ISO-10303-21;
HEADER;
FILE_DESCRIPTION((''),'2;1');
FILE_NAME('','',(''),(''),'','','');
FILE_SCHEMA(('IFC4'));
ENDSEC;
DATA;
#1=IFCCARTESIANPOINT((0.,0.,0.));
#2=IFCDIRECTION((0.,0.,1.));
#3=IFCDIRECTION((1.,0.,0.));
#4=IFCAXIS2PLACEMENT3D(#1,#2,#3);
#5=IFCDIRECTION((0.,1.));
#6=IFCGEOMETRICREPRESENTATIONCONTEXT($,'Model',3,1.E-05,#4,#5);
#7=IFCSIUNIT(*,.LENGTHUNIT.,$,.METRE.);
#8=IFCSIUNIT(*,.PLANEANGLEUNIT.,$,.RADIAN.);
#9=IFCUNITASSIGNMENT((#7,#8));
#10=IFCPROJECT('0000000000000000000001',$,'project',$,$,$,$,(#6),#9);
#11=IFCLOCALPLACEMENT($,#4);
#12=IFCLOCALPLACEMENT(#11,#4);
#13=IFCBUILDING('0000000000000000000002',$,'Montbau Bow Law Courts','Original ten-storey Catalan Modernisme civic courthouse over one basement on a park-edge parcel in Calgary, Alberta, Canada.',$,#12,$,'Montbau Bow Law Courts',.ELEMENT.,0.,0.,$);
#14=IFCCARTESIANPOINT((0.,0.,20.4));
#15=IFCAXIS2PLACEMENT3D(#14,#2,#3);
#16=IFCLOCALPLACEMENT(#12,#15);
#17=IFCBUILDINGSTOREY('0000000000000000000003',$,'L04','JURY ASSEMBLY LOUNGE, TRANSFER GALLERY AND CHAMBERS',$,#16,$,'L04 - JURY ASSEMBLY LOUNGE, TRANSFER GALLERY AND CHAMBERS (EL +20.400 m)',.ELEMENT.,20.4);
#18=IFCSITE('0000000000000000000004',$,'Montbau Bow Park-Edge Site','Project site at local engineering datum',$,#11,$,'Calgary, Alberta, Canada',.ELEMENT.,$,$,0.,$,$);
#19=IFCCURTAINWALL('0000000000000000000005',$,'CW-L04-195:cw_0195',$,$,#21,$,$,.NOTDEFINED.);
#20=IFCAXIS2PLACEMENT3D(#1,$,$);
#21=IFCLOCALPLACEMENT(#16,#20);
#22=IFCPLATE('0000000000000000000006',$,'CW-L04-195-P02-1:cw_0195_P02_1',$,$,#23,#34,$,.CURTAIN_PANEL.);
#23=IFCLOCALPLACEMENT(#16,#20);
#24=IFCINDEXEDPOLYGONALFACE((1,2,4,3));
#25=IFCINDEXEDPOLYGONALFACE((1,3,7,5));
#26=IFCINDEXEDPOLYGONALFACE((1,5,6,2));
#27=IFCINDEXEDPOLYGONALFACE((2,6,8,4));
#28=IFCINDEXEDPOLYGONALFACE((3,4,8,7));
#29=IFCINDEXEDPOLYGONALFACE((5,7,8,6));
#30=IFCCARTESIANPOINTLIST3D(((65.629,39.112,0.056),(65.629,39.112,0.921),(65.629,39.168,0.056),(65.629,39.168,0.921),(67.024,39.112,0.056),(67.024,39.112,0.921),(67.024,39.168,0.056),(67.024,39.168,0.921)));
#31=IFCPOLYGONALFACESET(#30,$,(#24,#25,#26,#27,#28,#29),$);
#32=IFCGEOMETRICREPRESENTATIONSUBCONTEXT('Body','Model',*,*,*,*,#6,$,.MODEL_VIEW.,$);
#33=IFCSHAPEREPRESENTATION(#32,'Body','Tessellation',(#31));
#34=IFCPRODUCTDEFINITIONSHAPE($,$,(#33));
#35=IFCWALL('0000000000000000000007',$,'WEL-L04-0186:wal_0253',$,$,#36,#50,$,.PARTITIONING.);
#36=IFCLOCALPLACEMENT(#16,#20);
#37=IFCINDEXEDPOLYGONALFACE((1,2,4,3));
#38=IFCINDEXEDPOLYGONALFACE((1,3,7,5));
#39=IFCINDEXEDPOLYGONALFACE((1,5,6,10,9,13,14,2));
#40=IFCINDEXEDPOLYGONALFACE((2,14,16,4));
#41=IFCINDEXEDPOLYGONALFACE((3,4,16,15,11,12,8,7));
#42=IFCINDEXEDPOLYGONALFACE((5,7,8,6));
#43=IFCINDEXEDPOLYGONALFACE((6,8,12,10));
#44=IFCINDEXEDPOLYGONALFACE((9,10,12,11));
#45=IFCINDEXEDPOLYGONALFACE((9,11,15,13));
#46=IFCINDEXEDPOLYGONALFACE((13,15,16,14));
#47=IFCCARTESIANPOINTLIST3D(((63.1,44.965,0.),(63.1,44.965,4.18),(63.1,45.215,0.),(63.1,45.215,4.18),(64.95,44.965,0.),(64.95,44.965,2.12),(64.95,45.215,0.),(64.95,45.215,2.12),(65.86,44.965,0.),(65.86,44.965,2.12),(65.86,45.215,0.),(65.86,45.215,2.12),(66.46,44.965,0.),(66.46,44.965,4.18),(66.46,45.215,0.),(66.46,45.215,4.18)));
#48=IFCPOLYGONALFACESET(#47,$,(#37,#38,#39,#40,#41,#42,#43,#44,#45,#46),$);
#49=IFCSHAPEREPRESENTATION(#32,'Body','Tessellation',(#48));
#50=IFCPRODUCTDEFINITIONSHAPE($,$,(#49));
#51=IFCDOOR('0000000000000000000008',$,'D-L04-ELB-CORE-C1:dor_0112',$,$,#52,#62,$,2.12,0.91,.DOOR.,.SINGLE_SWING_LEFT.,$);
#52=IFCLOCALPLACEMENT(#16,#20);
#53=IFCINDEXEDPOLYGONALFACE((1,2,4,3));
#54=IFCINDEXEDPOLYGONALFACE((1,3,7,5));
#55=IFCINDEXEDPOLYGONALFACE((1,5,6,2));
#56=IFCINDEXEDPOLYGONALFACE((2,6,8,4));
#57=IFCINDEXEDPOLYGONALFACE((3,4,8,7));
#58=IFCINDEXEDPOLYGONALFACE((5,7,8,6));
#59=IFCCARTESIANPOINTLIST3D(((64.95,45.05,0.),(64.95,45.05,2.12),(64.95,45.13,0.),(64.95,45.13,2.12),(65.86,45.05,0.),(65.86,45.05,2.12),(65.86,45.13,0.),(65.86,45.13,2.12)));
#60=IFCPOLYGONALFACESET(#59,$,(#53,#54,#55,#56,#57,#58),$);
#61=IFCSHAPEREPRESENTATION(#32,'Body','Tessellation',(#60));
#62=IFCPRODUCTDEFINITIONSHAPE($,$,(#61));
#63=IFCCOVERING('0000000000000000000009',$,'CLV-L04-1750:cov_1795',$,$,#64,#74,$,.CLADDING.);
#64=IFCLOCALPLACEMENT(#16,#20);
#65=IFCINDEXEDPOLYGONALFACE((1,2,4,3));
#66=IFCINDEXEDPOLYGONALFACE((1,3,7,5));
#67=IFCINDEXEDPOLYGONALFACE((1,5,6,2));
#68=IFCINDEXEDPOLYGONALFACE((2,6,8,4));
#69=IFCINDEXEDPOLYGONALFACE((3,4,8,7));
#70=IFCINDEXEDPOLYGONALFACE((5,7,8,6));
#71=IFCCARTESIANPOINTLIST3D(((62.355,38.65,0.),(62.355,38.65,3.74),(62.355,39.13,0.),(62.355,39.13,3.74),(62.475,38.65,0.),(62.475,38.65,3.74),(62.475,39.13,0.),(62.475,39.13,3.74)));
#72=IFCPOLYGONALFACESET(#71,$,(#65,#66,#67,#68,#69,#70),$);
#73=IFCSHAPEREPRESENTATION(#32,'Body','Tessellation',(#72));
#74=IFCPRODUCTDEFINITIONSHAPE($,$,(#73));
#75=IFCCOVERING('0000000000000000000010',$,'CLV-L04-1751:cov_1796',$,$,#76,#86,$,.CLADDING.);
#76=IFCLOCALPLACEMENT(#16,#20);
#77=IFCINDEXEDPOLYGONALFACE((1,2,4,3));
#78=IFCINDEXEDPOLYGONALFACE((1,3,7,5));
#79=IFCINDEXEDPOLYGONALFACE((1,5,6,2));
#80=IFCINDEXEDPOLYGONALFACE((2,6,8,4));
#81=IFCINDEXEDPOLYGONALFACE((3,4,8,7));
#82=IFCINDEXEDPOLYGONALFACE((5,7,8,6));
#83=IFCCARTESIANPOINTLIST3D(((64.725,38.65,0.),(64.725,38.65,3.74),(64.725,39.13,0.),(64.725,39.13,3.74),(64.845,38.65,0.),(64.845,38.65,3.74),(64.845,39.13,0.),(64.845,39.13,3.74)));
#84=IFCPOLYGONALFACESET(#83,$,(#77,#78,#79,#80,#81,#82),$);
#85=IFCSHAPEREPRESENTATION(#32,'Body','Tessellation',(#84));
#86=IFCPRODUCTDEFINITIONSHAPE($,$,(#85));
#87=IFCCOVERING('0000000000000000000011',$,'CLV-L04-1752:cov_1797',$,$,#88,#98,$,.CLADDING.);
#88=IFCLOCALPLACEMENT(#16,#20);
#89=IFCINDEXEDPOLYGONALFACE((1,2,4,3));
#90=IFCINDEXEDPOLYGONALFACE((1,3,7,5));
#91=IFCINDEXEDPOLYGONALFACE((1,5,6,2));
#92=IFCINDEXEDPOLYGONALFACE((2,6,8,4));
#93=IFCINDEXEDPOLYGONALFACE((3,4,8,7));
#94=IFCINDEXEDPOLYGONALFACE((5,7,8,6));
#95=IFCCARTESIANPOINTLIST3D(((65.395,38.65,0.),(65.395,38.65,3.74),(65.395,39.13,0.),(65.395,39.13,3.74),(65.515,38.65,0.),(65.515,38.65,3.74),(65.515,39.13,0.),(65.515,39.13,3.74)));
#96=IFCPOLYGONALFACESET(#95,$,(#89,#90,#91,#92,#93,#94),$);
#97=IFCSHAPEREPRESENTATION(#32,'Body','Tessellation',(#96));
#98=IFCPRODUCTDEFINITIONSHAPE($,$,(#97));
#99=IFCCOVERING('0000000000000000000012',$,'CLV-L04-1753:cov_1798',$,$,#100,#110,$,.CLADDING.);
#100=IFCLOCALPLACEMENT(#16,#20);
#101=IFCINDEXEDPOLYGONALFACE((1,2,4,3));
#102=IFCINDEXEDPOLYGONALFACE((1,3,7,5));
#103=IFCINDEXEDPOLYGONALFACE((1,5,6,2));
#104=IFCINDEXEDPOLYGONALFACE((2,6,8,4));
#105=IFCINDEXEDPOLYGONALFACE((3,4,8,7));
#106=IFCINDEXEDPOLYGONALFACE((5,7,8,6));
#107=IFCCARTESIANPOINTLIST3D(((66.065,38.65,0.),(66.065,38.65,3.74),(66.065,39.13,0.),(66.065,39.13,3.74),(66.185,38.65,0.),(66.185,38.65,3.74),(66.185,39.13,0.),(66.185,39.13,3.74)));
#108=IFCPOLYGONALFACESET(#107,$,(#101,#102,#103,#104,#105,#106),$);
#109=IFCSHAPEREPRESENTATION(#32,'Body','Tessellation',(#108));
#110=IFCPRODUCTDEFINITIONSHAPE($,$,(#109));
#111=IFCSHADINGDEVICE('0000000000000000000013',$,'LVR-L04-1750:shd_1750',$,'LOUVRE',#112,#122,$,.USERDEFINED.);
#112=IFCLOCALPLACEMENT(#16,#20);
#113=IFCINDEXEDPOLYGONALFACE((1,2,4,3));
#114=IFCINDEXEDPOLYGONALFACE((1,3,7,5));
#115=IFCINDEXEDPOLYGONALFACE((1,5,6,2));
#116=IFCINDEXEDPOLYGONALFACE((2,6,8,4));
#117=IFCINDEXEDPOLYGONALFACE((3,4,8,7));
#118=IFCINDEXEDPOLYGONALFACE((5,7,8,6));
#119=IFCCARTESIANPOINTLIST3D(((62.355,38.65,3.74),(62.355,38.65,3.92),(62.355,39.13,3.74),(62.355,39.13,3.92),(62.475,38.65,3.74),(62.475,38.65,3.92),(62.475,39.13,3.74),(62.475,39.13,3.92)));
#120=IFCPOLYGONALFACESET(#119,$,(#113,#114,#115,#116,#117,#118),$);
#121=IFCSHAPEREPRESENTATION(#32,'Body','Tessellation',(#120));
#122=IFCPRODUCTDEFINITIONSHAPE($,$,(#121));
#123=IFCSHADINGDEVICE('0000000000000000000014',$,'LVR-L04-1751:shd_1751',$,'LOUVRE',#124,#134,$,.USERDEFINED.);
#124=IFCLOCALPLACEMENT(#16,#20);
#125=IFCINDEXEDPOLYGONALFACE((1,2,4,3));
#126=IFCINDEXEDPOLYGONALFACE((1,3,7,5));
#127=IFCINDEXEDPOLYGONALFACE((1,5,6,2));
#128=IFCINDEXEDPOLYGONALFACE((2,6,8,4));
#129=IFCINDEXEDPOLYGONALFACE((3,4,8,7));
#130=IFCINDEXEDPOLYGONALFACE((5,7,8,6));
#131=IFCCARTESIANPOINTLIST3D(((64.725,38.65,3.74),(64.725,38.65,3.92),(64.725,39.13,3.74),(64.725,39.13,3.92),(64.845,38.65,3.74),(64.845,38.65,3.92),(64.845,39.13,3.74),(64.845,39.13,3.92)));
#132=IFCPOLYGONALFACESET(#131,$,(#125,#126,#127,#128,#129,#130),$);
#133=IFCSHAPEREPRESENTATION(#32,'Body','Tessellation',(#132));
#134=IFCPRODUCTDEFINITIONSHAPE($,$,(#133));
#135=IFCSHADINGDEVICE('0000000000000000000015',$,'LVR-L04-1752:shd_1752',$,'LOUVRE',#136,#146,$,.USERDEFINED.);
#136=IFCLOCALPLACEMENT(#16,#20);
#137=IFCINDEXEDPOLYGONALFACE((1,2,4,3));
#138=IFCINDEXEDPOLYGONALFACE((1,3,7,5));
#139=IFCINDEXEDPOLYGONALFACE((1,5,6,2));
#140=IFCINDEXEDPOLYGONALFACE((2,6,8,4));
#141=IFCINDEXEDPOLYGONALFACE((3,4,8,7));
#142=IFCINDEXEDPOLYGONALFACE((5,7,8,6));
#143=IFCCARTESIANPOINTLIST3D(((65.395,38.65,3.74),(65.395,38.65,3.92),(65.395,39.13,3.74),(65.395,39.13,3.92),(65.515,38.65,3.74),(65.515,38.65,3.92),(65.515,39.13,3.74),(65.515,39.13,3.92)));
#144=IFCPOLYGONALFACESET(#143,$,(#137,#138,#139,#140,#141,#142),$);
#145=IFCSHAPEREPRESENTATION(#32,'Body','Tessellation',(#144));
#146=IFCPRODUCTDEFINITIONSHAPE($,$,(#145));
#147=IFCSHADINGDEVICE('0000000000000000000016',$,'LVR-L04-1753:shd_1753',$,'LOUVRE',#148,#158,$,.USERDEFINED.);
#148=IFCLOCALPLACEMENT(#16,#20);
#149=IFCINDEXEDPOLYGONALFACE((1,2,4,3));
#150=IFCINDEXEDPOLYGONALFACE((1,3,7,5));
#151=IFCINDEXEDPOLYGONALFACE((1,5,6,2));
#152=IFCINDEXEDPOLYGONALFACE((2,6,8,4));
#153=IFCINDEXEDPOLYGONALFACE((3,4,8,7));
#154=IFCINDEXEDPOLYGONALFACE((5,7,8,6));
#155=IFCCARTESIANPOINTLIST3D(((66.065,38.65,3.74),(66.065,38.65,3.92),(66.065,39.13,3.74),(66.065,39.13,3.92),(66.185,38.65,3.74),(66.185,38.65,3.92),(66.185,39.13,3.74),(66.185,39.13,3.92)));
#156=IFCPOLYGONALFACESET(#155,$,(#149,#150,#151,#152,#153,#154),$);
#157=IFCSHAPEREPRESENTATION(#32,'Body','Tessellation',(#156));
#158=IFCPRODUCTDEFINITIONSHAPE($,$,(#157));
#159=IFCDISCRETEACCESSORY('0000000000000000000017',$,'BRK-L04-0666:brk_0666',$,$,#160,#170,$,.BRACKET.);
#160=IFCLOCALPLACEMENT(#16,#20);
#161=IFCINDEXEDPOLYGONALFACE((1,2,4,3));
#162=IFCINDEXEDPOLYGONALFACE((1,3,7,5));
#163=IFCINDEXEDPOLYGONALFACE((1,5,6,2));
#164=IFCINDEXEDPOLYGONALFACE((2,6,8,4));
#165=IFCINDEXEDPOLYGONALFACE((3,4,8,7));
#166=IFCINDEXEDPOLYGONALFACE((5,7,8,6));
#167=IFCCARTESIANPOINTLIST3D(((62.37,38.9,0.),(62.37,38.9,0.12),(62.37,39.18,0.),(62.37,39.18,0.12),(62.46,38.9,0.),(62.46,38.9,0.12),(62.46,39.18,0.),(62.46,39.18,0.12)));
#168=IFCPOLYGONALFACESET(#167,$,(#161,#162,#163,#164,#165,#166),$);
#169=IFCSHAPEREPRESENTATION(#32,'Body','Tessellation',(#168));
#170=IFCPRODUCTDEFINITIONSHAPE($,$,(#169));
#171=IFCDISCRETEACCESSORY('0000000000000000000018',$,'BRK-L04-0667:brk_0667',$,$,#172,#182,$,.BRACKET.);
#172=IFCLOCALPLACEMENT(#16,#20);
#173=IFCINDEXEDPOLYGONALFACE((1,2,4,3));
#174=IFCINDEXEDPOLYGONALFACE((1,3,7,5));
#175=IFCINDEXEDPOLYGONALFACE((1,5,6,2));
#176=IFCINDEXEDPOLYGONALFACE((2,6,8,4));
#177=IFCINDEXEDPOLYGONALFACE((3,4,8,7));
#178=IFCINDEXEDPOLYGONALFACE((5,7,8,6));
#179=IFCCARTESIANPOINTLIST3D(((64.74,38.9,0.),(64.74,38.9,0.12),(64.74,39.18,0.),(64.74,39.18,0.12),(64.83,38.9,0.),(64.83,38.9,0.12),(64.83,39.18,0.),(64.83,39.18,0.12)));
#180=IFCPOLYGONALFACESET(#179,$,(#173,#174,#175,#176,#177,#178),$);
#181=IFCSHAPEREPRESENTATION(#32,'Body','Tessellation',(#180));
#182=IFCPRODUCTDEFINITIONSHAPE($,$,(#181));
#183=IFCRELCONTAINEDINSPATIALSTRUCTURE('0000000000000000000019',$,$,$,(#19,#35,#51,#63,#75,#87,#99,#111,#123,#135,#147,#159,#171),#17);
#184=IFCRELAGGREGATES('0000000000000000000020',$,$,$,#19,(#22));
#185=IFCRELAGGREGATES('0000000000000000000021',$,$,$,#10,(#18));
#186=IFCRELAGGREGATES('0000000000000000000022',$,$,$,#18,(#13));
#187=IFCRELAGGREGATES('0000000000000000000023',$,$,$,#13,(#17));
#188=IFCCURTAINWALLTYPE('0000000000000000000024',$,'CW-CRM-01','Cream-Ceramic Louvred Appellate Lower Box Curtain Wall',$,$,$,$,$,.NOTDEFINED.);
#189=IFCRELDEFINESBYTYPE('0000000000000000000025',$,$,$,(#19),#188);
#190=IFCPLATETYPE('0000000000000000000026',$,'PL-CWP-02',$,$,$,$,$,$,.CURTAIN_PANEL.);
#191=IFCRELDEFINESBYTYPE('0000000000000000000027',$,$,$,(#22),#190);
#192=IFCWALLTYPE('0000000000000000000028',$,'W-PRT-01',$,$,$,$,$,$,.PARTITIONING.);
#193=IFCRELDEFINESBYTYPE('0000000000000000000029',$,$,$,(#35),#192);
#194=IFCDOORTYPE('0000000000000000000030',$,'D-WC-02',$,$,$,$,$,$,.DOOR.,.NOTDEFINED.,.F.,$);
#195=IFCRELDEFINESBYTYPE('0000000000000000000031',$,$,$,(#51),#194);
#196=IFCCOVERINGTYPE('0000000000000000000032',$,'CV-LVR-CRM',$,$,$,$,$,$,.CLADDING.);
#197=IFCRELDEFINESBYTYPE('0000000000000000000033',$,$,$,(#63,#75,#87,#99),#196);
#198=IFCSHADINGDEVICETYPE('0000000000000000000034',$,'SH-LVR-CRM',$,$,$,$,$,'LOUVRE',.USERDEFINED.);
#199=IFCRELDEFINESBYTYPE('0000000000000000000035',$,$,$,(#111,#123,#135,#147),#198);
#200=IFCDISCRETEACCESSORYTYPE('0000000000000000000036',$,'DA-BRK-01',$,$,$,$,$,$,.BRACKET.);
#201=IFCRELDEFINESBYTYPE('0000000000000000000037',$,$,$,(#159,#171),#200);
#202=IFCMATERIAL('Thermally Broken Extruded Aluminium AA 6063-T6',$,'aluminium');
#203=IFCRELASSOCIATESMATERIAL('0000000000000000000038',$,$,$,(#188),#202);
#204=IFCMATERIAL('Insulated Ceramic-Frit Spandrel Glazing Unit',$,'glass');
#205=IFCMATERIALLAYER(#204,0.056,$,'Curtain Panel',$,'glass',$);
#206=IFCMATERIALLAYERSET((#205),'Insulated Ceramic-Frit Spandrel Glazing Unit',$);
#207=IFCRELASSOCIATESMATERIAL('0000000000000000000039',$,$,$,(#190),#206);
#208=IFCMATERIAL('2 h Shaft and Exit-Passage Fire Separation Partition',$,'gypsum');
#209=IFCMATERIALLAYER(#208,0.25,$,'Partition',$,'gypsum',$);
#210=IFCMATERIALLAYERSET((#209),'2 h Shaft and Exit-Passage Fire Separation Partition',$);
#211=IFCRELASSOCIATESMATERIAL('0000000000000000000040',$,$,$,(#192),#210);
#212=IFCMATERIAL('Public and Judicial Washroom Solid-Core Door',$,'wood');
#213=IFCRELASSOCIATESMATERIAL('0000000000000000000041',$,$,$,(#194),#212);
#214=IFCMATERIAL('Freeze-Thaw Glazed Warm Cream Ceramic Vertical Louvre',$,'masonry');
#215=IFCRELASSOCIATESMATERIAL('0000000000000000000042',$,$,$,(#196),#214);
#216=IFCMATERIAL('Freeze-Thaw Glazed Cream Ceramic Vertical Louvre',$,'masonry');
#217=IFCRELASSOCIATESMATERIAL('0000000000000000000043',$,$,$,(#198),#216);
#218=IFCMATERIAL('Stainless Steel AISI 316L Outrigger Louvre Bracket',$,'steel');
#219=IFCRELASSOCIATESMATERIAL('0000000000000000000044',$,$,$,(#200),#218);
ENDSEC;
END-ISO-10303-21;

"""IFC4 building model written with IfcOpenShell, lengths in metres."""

from ifc_helpers import new_model, si_unit, direction, frame, frame_2d, origin_with_axes, origin_2d_with_axis, place, context, subcontext, project, spatial, rectangle, extrude, material, layer, layer_set, type_object, element, fill, aggregate, save


model = new_model("IFC4")

# Units and contexts
model_context = context("Model", 3, precision=1e-05, world=origin_with_axes(), true_north=direction((0.0, 1.0)))
body_context = subcontext(model_context, "Body", "Model", "MODEL_VIEW")
ifc_project = project(units=[si_unit("LENGTHUNIT", "METRE"), si_unit("PLANEANGLEUNIT", "RADIAN")], contexts=[model_context])

# Site, building, storey
site_placement = place(None, origin_with_axes())
site = spatial("IfcSite", under=ifc_project, at=site_placement, Name="Montbau Bow Park-Edge Site", Description="Project site at local engineering datum", LongName="Calgary, Alberta, Canada", CompositionType="ELEMENT", RefElevation=0.0)
building_placement = place(site_placement, origin_with_axes())
building = spatial("IfcBuilding", under=site, at=building_placement, Name="Montbau Bow Law Courts", Description="Original ten-storey Catalan Modernisme civic courthouse over one basement on a park-edge parcel in Calgary, Alberta, Canada.", LongName="Montbau Bow Law Courts", CompositionType="ELEMENT", ElevationOfRefHeight=0.0, ElevationOfTerrain=0.0)
storey_placement = place(building_placement, frame((0.0, 0.0, 20.4), z_axis=(0.0, 0.0, 1.0), x_axis=(1.0, 0.0, 0.0)))
storey = spatial("IfcBuildingStorey", under=building, at=storey_placement, Name="L04", Description="JURY ASSEMBLY LOUNGE, TRANSFER GALLERY AND CHAMBERS", LongName="L04 - JURY ASSEMBLY LOUNGE, TRANSFER GALLERY AND CHAMBERS (EL +20.400 m)", CompositionType="ELEMENT", Elevation=20.4)

# Curtain wall
ifc_material_1 = material(Name="Thermally Broken Extruded Aluminium AA 6063-T6", Category="aluminium")
curtain_wall_type = type_object("IfcCurtainWallType", Name="CW-CRM-01", Description="Cream-Ceramic Louvred Appellate Lower Box Curtain Wall", PredefinedType="NOTDEFINED", material=ifc_material_1)
curtain_wall_1_placement = place(None, frame((64.115, 39.14, 20.4), z_axis=(0.0, 0.0, 1.0), x_axis=(1.0, 0.0, 0.0)))
curtain_wall_1 = element("IfcCurtainWall", 1, at=curtain_wall_1_placement, inside=storey, type_object=curtain_wall_type, Name="CW-L04-195:cw_0195", PredefinedType="NOTDEFINED")

# Plate
ifc_material_2 = material(Name="Insulated Ceramic-Frit Spandrel Glazing Unit", Category="glass")
ifc_layer_1 = layer(ifc_material_2, 0.056, Name="Curtain Panel", Category="glass")
ifc_layer_set_1 = layer_set([ifc_layer_1], Name="Insulated Ceramic-Frit Spandrel Glazing Unit")
plate_type_1 = type_object("IfcPlateType", Name="PL-CWP-02", PredefinedType="CURTAIN_PANEL", material=ifc_layer_set_1)
plate_1_placement = place(None, frame((65.629, 39.14, 20.456), z_axis=(0.0, -1.0, 0.0), x_axis=(1.0, 0.0, 0.0)))
plate_1 = element("IfcPlate", 2, at=plate_1_placement, type_object=plate_type_1, Name="CW-L04-195-P02-1:cw_0195_P02_1", PredefinedType="CURTAIN_PANEL", context=body_context, shape_type="SweptSolid", body=[
    extrude(rectangle(XDim=1.395, YDim=0.865, at=frame_2d((0.6975, 0.4325), x_axis=(1.0, 0.0))), frame((0.0, 0.0, -0.028), z_axis=(0.0, 0.0, 1.0), x_axis=(1.0, 0.0, 0.0)), (0.0, 0.0, 1.0), 0.056),
])
aggregate(curtain_wall_1, [plate_1])

# Wall, opening, door
ifc_material_3 = material(Name="2 h Shaft and Exit-Passage Fire Separation Partition", Category="gypsum")
ifc_layer_2 = layer(ifc_material_3, 0.25, Name="Partition", Category="gypsum")
ifc_layer_set_2 = layer_set([ifc_layer_2], Name="2 h Shaft and Exit-Passage Fire Separation Partition")
wall_type = type_object("IfcWallType", Name="W-PRT-01", PredefinedType="PARTITIONING", material=ifc_layer_set_2)
wall_placement = place(None, frame((63.1, 45.09, 20.4), z_axis=(0.0, 0.0, 1.0), x_axis=(1.0, 0.0, 0.0)))
wall = element("IfcWall", 3, at=wall_placement, inside=storey, type_object=wall_type, Name="WEL-L04-0186:wal_0253", PredefinedType="PARTITIONING", context=body_context, shape_type="SweptSolid", body=[
    extrude(rectangle(XDim=3.36, YDim=0.25, at=frame_2d((1.68, 0.0), x_axis=(1.0, 0.0))), origin_with_axes(), (0.0, 0.0, 1.0), 4.18),
])
opening_placement = place(None, frame((65.405, 45.09, 20.4), z_axis=(0.0, 0.0, 1.0), x_axis=(1.0, 0.0, 0.0)))
opening = element("IfcOpeningElement", 4, at=opening_placement, cuts=wall, PredefinedType="OPENING", context=body_context, shape_type="SweptSolid", body=[
    extrude(rectangle(XDim=0.91, YDim=2.12, at=frame_2d((0.0, 1.06), x_axis=(1.0, 0.0))), frame((0.0, 0.135, 0.0), z_axis=(0.0, -1.0, 0.0), x_axis=(1.0, 0.0, 0.0)), (0.0, 0.0, 1.0), 0.27),
])
ifc_material_4 = material(Name="Public and Judicial Washroom Solid-Core Door", Category="wood")
door_type = type_object("IfcDoorType", Name="D-WC-02", OperationType="NOTDEFINED", ParameterTakesPrecedence=False, PredefinedType="DOOR", material=ifc_material_4)
door_placement = place(None, frame((65.405, 45.09, 20.4), z_axis=(0.0, 0.0, 1.0), x_axis=(1.0, 0.0, 0.0)))
door = element("IfcDoor", 5, at=door_placement, inside=storey, type_object=door_type, Name="D-L04-ELB-CORE-C1:dor_0112", OperationType="SINGLE_SWING_LEFT", OverallHeight=2.12, OverallWidth=0.91, PredefinedType="DOOR", context=body_context, shape_type="SweptSolid", body=[
    extrude(rectangle(XDim=0.91, YDim=2.12, at=frame_2d((0.0, 1.06), x_axis=(1.0, 0.0))), frame((0.0, 0.04, 0.0), z_axis=(0.0, -1.0, 0.0), x_axis=(1.0, 0.0, 0.0)), (0.0, 0.0, 1.0), 0.08),
])
fill(opening, door)

# Coverings
ifc_material_5 = material(Name="Freeze-Thaw Glazed Warm Cream Ceramic Vertical Louvre", Category="masonry")
covering_type = type_object("IfcCoveringType", Name="CV-LVR-CRM", PredefinedType="CLADDING", material=ifc_material_5)
for number, where, z_axis, x_axis, name in (
    (6, (62.415, 39.13, 20.4), (-1.0, 0.0, 0.0), (0.0, -1.0, 0.0), "CLV-L04-1750:cov_1795"),
    (7, (64.785, 39.13, 20.4), (-1.0, 0.0, 0.0), (0.0, -1.0, 0.0), "CLV-L04-1751:cov_1796"),
    (8, (65.455, 39.13, 20.4), (-1.0, 0.0, 0.0), (0.0, -1.0, 0.0), "CLV-L04-1752:cov_1797"),
    (9, (66.125, 39.13, 20.4), (-1.0, 0.0, 0.0), (0.0, -1.0, 0.0), "CLV-L04-1753:cov_1798"),
):
    element("IfcCovering", number, at=place(None, frame(where, z_axis=z_axis, x_axis=x_axis)), inside=storey, type_object=covering_type, Name=name, PredefinedType="CLADDING", context=body_context, shape_type="SweptSolid", body=[
        extrude(rectangle(XDim=0.48, YDim=3.74, at=frame_2d((0.24, 1.87), x_axis=(1.0, 0.0))), frame((0.0, 0.0, -0.06), z_axis=(0.0, 0.0, 1.0), x_axis=(1.0, 0.0, 0.0)), (0.0, 0.0, 1.0), 0.12),
    ])

# Shading devices
ifc_material_6 = material(Name="Freeze-Thaw Glazed Cream Ceramic Vertical Louvre", Category="masonry")
shading_device_type = type_object("IfcShadingDeviceType", Name="SH-LVR-CRM", ElementType="LOUVRE", PredefinedType="USERDEFINED", material=ifc_material_6)
for number, where, z_axis, x_axis, name in (
    (10, (62.415, 38.89, 24.14), (0.0, 0.0, 1.0), (0.0, -1.0, 0.0), "LVR-L04-1750:shd_1750"),
    (11, (64.785, 38.89, 24.14), (0.0, 0.0, 1.0), (0.0, -1.0, 0.0), "LVR-L04-1751:shd_1751"),
    (12, (65.455, 38.89, 24.14), (0.0, 0.0, 1.0), (0.0, -1.0, 0.0), "LVR-L04-1752:shd_1752"),
    (13, (66.125, 38.89, 24.14), (0.0, 0.0, 1.0), (0.0, -1.0, 0.0), "LVR-L04-1753:shd_1753"),
):
    element("IfcShadingDevice", number, at=place(None, frame(where, z_axis=z_axis, x_axis=x_axis)), inside=storey, type_object=shading_device_type, Name=name, ObjectType="LOUVRE", PredefinedType="USERDEFINED", context=body_context, shape_type="SweptSolid", body=[
        extrude(rectangle(XDim=0.48, YDim=0.12, at=origin_2d_with_axis()), origin_with_axes(), (0.0, 0.0, 1.0), 0.18),
    ])

# Discrete accessories
ifc_material_7 = material(Name="Stainless Steel AISI 316L Outrigger Louvre Bracket", Category="steel")
discrete_accessory_type = type_object("IfcDiscreteAccessoryType", Name="DA-BRK-01", PredefinedType="BRACKET", material=ifc_material_7)
for number, where, z_axis, x_axis, name in (
    (14, (62.415, 39.04, 20.4), (0.0, 0.0, 1.0), (0.0, -1.0, 0.0), "BRK-L04-0666:brk_0666"),
    (15, (64.785, 39.04, 20.4), (0.0, 0.0, 1.0), (0.0, -1.0, 0.0), "BRK-L04-0667:brk_0667"),
):
    element("IfcDiscreteAccessory", number, at=place(None, frame(where, z_axis=z_axis, x_axis=x_axis)), inside=storey, type_object=discrete_accessory_type, Name=name, PredefinedType="BRACKET", context=body_context, shape_type="SweptSolid", body=[
        extrude(rectangle(XDim=0.28, YDim=0.09, at=origin_2d_with_axis()), origin_with_axes(), (0.0, 0.0, 1.0), 0.12),
    ])

save(model, "model.ifc")
